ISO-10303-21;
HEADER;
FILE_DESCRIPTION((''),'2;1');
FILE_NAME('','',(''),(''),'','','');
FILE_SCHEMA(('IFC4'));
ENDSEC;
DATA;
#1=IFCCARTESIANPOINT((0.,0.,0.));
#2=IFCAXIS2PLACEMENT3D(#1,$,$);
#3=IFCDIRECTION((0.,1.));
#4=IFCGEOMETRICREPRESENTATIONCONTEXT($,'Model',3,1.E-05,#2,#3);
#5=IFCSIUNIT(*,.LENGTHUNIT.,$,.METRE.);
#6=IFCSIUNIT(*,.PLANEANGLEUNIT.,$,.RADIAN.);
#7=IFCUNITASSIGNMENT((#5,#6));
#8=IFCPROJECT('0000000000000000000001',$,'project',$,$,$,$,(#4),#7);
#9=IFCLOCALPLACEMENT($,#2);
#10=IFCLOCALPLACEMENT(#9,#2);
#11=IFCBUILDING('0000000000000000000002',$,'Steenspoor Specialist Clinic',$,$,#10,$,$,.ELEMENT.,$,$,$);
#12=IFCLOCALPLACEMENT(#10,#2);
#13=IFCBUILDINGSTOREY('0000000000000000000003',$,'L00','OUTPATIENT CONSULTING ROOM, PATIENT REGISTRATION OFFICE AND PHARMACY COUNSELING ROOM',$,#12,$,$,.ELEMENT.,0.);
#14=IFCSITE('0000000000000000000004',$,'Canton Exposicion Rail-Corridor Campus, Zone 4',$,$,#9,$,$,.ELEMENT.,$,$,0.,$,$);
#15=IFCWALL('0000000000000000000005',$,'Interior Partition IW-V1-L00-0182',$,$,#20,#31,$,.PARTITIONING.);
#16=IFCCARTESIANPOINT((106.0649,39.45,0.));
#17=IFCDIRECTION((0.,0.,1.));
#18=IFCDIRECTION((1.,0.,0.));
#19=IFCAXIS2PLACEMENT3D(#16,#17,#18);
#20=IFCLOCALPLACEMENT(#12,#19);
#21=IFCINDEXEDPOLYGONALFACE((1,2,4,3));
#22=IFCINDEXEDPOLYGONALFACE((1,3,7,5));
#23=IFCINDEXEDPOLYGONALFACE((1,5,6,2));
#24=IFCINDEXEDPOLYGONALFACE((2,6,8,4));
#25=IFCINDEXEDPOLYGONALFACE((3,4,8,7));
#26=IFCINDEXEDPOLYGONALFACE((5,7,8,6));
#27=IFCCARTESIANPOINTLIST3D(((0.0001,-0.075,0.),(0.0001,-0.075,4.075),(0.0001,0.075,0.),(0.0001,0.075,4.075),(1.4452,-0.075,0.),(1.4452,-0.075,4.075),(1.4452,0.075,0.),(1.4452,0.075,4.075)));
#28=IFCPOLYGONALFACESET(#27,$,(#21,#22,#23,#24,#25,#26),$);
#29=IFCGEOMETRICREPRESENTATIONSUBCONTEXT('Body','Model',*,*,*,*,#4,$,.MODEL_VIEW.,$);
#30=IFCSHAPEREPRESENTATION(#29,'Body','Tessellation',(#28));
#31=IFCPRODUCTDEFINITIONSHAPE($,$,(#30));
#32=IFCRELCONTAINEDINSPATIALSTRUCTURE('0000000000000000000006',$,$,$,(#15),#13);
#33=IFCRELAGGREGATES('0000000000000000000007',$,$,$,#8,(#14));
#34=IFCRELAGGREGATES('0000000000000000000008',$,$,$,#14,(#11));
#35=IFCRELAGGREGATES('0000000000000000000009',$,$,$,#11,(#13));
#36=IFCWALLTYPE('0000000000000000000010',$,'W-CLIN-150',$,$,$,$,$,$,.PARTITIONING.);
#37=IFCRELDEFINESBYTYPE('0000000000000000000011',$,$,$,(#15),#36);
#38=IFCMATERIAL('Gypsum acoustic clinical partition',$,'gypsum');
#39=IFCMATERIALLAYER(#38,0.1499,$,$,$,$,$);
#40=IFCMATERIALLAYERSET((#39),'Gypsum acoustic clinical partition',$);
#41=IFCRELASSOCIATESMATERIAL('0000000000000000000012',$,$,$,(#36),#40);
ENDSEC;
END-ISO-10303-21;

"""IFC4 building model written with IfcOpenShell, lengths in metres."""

from ifc_helpers import new_model, si_unit, direction, frame, frame_2d, origin, place, context, subcontext, project, spatial, rectangle, extrude, material, layer, layer_set, type_object, element, save


model = new_model("IFC4")

# Units and contexts
model_context = context("Model", 3, precision=1e-05, world=origin(), true_north=direction((0.0, 1.0)))
body_context = subcontext(model_context, "Body", "Model", "MODEL_VIEW")
ifc_project = project(units=[si_unit("LENGTHUNIT", "METRE"), si_unit("PLANEANGLEUNIT", "RADIAN")], contexts=[model_context])

# Site, building, storey
site_placement = place(None, origin())
site = spatial("IfcSite", under=ifc_project, at=site_placement, Name="Canton Exposicion Rail-Corridor Campus, Zone 4", CompositionType="ELEMENT", RefElevation=0.0)
building_placement = place(site_placement, origin())
building = spatial("IfcBuilding", under=site, at=building_placement, Name="Steenspoor Specialist Clinic", CompositionType="ELEMENT")
storey_placement = place(building_placement, origin())
storey = spatial("IfcBuildingStorey", under=building, at=storey_placement, Name="L00", Description="OUTPATIENT CONSULTING ROOM, PATIENT REGISTRATION OFFICE AND PHARMACY COUNSELING ROOM", CompositionType="ELEMENT", Elevation=0.0)

# Wall
ifc_material_1 = material(Name="Gypsum acoustic clinical partition", Category="gypsum")
ifc_layer_1 = layer(ifc_material_1, 0.1499)
ifc_layer_set_1 = layer_set([ifc_layer_1], Name="Gypsum acoustic clinical partition")
wall_type_1 = type_object("IfcWallType", Name="W-CLIN-150", PredefinedType="PARTITIONING", material=ifc_layer_set_1)
wall_1_placement = place(storey_placement, frame((106.0649, 39.45, 0.0), z_axis=(0.0, 0.0, 1.0), x_axis=(1.0, 0.0, 0.0)))
element("IfcWall", 1, at=wall_1_placement, inside=storey, type_object=wall_type_1, Name="Interior Partition IW-V1-L00-0182", PredefinedType="PARTITIONING", context=body_context, shape_type="SweptSolid", body=[
    extrude(rectangle(XDim=1.4451, YDim=0.1499, at=frame_2d((0.7227, 0.0))), origin(), (0.0, 0.0, 1.0), 4.075),
])

save(model, "model.ifc")
